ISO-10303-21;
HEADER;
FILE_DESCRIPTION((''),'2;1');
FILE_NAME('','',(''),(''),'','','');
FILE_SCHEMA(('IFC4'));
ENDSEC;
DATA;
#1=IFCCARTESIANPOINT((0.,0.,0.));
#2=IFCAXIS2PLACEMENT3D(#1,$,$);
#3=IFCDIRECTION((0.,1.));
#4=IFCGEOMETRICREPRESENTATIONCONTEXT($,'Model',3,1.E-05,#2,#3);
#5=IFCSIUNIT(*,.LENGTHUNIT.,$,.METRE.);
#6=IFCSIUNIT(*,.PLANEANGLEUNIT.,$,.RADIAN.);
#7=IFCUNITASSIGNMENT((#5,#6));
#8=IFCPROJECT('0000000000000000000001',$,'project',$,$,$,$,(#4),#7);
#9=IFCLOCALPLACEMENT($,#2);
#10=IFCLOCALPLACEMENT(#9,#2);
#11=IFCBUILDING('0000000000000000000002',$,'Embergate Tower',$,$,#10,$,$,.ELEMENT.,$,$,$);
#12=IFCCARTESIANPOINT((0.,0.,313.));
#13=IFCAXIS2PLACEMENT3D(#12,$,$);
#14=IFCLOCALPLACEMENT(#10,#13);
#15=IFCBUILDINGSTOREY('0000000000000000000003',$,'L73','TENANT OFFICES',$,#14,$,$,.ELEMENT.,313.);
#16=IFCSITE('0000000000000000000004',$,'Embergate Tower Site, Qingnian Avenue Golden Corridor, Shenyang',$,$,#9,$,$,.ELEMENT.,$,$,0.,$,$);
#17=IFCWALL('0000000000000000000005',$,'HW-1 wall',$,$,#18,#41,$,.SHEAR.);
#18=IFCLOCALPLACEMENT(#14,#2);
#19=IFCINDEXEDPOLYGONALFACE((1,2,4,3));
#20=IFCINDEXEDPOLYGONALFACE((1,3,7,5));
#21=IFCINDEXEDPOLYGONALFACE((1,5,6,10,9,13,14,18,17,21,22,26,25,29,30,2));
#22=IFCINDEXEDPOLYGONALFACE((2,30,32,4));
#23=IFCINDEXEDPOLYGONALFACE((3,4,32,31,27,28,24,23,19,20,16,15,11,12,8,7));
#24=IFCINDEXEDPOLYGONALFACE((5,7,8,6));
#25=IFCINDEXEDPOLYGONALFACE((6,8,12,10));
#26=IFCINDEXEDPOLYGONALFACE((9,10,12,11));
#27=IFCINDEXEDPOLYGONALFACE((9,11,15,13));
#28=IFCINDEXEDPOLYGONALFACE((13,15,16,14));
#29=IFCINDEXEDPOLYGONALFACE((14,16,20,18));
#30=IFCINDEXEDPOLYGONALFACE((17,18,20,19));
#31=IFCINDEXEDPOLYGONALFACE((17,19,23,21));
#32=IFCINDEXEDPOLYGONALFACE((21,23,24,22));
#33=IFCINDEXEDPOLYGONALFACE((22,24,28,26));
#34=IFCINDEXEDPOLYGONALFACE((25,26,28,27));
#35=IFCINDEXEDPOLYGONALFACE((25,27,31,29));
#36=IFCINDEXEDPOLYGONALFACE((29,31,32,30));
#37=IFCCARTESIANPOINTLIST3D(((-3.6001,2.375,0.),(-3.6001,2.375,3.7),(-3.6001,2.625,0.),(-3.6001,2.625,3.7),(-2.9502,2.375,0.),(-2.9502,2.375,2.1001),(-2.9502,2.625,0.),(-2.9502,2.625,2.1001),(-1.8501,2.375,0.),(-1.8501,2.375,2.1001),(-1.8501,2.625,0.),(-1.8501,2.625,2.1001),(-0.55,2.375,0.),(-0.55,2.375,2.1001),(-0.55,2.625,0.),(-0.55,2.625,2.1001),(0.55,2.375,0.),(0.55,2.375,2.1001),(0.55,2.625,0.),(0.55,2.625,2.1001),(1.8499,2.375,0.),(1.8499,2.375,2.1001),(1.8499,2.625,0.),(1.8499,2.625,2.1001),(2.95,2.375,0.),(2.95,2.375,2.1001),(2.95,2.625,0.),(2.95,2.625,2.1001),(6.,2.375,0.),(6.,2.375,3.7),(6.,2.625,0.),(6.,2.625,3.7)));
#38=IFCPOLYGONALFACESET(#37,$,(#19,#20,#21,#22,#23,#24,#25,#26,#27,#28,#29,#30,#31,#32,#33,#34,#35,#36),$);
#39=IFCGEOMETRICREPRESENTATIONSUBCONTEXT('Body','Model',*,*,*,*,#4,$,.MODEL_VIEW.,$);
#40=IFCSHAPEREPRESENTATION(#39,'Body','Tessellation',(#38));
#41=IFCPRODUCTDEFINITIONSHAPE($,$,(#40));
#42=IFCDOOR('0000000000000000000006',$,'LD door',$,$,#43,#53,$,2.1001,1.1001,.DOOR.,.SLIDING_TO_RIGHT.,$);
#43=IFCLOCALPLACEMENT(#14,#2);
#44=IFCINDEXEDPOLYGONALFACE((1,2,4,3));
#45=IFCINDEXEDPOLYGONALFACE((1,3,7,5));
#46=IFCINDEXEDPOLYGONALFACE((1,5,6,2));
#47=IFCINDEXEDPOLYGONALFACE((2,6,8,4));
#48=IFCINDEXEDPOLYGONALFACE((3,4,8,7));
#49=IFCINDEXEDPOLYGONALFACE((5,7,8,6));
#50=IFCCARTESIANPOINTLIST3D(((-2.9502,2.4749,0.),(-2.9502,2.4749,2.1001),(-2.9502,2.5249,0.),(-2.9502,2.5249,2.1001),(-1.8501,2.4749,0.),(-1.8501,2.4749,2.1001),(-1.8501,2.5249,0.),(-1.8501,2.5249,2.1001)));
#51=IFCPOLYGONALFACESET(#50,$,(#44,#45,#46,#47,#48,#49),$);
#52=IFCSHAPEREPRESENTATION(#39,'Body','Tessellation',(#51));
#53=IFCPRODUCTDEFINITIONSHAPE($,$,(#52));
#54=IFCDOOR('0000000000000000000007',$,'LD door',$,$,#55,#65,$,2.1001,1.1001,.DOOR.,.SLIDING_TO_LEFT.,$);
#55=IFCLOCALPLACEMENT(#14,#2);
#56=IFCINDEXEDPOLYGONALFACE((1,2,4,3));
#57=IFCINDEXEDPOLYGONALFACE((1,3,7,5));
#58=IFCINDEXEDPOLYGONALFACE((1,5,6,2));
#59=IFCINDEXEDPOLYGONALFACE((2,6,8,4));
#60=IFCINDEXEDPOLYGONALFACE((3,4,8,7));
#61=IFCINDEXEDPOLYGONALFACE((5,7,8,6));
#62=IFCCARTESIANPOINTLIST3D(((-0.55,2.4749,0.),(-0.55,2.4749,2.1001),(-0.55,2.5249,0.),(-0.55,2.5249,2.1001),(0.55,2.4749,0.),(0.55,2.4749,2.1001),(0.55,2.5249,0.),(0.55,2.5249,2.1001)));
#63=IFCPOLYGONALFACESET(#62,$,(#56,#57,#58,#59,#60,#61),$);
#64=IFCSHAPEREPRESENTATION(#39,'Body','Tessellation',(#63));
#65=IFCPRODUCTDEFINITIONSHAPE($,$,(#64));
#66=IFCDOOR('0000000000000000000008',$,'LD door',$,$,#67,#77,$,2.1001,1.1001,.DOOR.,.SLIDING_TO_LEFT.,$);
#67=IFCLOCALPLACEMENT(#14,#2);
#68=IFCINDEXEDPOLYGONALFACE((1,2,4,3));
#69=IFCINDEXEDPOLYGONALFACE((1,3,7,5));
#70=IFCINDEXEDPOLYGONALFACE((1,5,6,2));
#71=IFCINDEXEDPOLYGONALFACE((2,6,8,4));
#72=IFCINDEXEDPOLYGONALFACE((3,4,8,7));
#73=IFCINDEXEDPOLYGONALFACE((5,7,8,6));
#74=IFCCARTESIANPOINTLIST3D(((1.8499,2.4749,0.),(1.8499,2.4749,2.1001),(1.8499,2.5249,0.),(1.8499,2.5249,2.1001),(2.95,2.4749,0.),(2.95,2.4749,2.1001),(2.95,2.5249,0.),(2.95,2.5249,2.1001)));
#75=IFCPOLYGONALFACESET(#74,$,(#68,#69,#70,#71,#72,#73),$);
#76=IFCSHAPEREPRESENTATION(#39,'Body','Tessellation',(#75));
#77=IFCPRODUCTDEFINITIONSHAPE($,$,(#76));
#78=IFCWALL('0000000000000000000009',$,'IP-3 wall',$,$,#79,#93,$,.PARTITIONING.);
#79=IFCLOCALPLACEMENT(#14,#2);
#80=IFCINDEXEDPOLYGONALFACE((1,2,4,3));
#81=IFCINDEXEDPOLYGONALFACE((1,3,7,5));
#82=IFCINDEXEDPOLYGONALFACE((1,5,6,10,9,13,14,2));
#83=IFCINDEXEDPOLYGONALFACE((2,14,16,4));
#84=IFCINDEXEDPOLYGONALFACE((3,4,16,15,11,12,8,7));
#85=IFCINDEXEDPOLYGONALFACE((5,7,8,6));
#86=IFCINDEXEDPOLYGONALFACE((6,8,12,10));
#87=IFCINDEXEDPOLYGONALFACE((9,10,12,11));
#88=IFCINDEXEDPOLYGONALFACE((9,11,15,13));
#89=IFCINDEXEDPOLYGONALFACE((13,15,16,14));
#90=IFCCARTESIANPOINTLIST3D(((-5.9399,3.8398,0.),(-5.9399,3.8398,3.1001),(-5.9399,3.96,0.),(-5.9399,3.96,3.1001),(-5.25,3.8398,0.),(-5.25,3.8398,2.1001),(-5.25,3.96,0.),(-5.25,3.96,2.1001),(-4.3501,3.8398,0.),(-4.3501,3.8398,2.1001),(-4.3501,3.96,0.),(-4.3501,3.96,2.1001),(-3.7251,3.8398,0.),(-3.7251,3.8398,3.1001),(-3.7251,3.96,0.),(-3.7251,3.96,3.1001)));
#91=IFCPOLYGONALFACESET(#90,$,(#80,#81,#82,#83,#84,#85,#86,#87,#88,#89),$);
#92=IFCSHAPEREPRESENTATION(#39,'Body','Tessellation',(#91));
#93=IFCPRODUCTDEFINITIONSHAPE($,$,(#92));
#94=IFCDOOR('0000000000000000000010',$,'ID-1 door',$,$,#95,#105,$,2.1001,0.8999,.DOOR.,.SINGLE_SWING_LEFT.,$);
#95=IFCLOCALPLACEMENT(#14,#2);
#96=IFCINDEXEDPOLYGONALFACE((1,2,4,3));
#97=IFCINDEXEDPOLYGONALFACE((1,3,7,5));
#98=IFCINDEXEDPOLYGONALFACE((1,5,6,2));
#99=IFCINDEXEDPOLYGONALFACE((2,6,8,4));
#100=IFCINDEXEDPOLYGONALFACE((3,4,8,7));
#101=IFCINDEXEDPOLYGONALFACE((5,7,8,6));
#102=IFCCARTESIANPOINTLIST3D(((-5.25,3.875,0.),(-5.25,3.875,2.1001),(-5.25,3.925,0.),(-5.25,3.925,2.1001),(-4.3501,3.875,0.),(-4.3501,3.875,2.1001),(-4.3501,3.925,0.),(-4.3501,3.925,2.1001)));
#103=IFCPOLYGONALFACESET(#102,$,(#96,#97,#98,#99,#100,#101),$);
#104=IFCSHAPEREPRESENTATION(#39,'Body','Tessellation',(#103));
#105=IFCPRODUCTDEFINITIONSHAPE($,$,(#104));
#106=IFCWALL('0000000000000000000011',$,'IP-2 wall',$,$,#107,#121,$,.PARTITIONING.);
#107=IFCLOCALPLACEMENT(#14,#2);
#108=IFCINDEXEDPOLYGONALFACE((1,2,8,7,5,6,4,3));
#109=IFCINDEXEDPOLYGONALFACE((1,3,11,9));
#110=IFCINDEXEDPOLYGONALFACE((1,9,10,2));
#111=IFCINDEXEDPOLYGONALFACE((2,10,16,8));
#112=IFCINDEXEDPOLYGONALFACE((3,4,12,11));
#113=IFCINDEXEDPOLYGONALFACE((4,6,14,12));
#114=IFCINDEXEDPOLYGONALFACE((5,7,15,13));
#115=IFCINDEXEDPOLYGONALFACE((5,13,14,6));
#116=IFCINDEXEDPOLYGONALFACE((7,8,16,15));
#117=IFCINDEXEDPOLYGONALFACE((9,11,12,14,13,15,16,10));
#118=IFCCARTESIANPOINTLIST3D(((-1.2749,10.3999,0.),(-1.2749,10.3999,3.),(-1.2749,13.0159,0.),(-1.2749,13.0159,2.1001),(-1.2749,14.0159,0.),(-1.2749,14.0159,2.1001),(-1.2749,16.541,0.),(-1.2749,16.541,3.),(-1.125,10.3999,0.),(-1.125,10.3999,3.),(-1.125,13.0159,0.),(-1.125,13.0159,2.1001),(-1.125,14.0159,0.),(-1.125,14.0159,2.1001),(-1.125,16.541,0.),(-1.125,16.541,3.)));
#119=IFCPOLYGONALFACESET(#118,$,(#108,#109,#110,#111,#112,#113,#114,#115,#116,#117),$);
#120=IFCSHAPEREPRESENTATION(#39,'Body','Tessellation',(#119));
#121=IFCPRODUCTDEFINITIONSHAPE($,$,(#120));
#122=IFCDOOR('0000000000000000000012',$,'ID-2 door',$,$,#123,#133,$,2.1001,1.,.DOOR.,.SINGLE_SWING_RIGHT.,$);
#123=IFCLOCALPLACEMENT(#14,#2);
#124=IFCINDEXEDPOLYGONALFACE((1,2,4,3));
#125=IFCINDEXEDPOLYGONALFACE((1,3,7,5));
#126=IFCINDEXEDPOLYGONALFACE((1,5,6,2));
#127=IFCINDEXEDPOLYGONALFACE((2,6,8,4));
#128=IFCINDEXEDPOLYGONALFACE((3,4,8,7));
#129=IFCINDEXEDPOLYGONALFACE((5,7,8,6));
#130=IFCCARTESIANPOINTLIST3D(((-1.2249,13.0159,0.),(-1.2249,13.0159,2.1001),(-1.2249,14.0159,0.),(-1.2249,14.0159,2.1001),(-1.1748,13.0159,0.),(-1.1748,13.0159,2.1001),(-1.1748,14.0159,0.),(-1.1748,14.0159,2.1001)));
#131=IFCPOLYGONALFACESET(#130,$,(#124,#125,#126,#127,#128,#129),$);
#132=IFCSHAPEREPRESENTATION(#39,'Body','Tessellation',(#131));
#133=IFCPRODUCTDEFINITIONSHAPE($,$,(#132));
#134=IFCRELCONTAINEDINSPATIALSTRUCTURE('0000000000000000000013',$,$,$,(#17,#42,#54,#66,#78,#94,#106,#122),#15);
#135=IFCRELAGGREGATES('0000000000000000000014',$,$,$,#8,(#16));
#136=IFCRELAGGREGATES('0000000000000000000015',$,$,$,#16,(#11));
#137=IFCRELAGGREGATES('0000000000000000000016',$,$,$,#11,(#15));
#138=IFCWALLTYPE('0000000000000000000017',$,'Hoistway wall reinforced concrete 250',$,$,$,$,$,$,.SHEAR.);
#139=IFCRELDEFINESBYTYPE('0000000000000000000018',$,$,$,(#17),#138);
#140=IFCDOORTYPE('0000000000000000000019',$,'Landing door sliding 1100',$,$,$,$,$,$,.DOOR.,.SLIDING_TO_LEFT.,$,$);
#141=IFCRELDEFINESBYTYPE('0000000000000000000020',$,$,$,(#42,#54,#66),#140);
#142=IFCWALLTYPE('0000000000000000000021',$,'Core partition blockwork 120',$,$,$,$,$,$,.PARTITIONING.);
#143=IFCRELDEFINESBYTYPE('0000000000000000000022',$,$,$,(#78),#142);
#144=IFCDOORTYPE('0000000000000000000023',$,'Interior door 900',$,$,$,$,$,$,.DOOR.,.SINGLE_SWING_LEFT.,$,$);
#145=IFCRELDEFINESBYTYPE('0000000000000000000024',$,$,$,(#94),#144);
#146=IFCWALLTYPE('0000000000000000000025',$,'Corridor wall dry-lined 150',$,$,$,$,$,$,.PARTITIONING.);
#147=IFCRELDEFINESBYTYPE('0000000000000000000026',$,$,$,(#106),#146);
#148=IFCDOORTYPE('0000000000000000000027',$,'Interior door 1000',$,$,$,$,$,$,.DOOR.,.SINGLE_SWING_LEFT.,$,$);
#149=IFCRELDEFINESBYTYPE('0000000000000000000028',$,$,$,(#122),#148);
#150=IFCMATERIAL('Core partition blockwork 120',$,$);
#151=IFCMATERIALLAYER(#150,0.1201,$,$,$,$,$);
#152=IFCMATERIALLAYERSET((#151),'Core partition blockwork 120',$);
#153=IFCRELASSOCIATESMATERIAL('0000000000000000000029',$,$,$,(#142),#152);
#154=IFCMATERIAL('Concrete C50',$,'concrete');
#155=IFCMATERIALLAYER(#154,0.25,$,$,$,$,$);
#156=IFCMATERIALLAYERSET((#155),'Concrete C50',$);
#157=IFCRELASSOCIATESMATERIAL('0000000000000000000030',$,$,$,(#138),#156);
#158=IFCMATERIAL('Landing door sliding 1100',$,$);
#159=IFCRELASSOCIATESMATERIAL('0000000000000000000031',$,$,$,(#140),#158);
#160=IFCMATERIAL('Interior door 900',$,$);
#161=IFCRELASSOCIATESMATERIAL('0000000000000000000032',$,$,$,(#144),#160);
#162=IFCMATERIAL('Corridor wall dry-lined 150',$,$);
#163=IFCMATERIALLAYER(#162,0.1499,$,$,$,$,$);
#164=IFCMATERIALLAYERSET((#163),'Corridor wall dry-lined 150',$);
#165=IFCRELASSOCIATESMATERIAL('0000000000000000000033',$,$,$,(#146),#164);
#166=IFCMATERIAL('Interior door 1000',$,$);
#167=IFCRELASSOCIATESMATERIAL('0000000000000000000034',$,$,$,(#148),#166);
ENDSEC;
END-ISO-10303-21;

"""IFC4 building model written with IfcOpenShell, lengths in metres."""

from ifc_helpers import new_model, si_unit, direction, frame, frame_2d, origin, place, context, subcontext, project, spatial, rectangle, extrude, source, transform, mapped, material, layer, layer_set, type_object, element, fill, save


model = new_model("IFC4")

# Units and contexts
model_context = context("Model", 3, precision=1e-05, world=origin(), true_north=direction((0.0, 1.0)))
body_context = subcontext(model_context, "Body", "Model", "MODEL_VIEW")
ifc_project = project(units=[si_unit("LENGTHUNIT", "METRE"), si_unit("PLANEANGLEUNIT", "RADIAN")], contexts=[model_context])

# Site, building, storey
site_placement = place(None, origin())
site = spatial("IfcSite", under=ifc_project, at=site_placement, Name="Embergate Tower Site, Qingnian Avenue Golden Corridor, Shenyang", CompositionType="ELEMENT", RefElevation=0.0)
building_placement = place(site_placement, origin())
building = spatial("IfcBuilding", under=site, at=building_placement, Name="Embergate Tower", CompositionType="ELEMENT")
storey_placement = place(building_placement, frame((0.0, 0.0, 313.0)))
storey = spatial("IfcBuildingStorey", under=building, at=storey_placement, Name="L73", Description="TENANT OFFICES", CompositionType="ELEMENT", Elevation=313.0)

# Shared definitions
ifc_material_1 = material(Name="Concrete C50", Category="concrete")
ifc_material_2 = material(Name="Core partition blockwork 120")
ifc_layer_1 = layer(ifc_material_2, 0.1201)
ifc_layer_set_1 = layer_set([ifc_layer_1], Name="Core partition blockwork 120")
wall_type_1 = type_object("IfcWallType", Name="Core partition blockwork 120", PredefinedType="PARTITIONING", material=ifc_layer_set_1)
ifc_layer_2 = layer(ifc_material_1, 0.25)
ifc_layer_set_2 = layer_set([ifc_layer_2], Name="Concrete C50")
wall_type_2 = type_object("IfcWallType", Name="Hoistway wall reinforced concrete 250", PredefinedType="SHEAR", material=ifc_layer_set_2)

# Wall, openings, doors
shared_shape_1 = source(origin(), body_context, "Body", "SweptSolid", [
    extrude(rectangle(XDim=9.6001, YDim=0.25, at=frame_2d((4.8, 0.0))), origin(), (0.0, 0.0, 1.0), 3.7),
])
wall_1_placement = place(storey_placement, frame((-3.6001, 2.5, 0.0), z_axis=(0.0, 0.0, 1.0), x_axis=(1.0, 0.0, 0.0)))
wall_1 = element("IfcWall", 1, at=wall_1_placement, inside=storey, type_object=wall_type_2, Name="HW-1 wall", PredefinedType="SHEAR", context=body_context, shape_type="MappedRepresentation", body=[
    mapped(shared_shape_1, transform((0.0, 0.0, 0.0))),
])
shared_shape_2 = source(origin(), body_context, "Body", "SweptSolid", [
    extrude(rectangle(XDim=1.1001, YDim=2.1001, at=frame_2d((0.55, 1.05))), frame((0.0, 0.135, 0.0), z_axis=(0.0, -1.0, 0.0), x_axis=(1.0, 0.0, 0.0)), (0.0, 0.0, 1.0), 0.27),
])
opening_1_placement = place(wall_1_placement, frame((0.6499, 0.0, 0.0)))
opening_1 = element("IfcOpeningElement", 2, at=opening_1_placement, cuts=wall_1, PredefinedType="OPENING", context=body_context, shape_type="MappedRepresentation", body=[
    mapped(shared_shape_2, transform((0.0, 0.0, 0.0))),
])
opening_2_placement = place(wall_1_placement, frame((3.05, 0.0, 0.0)))
opening_2 = element("IfcOpeningElement", 3, at=opening_2_placement, cuts=wall_1, PredefinedType="OPENING", context=body_context, shape_type="MappedRepresentation", body=[
    mapped(shared_shape_2, transform((0.0, 0.0, 0.0))),
])
opening_3_placement = place(wall_1_placement, frame((5.45, 0.0, 0.0)))
opening_3 = element("IfcOpeningElement", 4, at=opening_3_placement, cuts=wall_1, PredefinedType="OPENING", context=body_context, shape_type="MappedRepresentation", body=[
    mapped(shared_shape_2, transform((0.0, 0.0, 0.0))),
])
ifc_material_3 = material(Name="Landing door sliding 1100")
door_type_1 = type_object("IfcDoorType", Name="Landing door sliding 1100", OperationType="SLIDING_TO_LEFT", PredefinedType="DOOR", material=ifc_material_3)
shared_shape_3 = source(origin(), body_context, "Body", "SweptSolid", [
    extrude(rectangle(XDim=1.1001, YDim=2.1001, at=frame_2d((0.55, 1.05))), frame((0.0, 0.0249, 0.0), z_axis=(0.0, -1.0, 0.0), x_axis=(1.0, 0.0, 0.0)), (0.0, 0.0, 1.0), 0.05),
])
door_1_placement = place(opening_1_placement, origin())
door_1 = element("IfcDoor", 5, at=door_1_placement, inside=storey, type_object=door_type_1, Name="LD door", OperationType="SLIDING_TO_RIGHT", OverallHeight=2.1001, OverallWidth=1.1001, PredefinedType="DOOR", context=body_context, shape_type="MappedRepresentation", body=[
    mapped(shared_shape_3, transform((0.0, 0.0, 0.0))),
])
fill(opening_1, door_1)
door_2_placement = place(opening_2_placement, origin())
door_2 = element("IfcDoor", 6, at=door_2_placement, inside=storey, type_object=door_type_1, Name="LD door", OperationType="SLIDING_TO_LEFT", OverallHeight=2.1001, OverallWidth=1.1001, PredefinedType="DOOR", context=body_context, shape_type="MappedRepresentation", body=[
    mapped(shared_shape_3, transform((0.0, 0.0, 0.0))),
])
fill(opening_2, door_2)
door_3_placement = place(opening_3_placement, origin())
door_3 = element("IfcDoor", 7, at=door_3_placement, inside=storey, type_object=door_type_1, Name="LD door", OperationType="SLIDING_TO_LEFT", OverallHeight=2.1001, OverallWidth=1.1001, PredefinedType="DOOR", context=body_context, shape_type="MappedRepresentation", body=[
    mapped(shared_shape_3, transform((0.0, 0.0, 0.0))),
])
fill(opening_3, door_3)

# Walls, openings, doors
shared_shape_4 = source(origin(), body_context, "Body", "SweptSolid", [
    extrude(rectangle(XDim=2.2148, YDim=0.1201, at=frame_2d((1.1074, 0.0))), origin(), (0.0, 0.0, 1.0), 3.1001),
])
wall_2_placement = place(storey_placement, frame((-3.7251, 3.8999, 0.0), z_axis=(0.0, 0.0, 1.0), x_axis=(-1.0, 0.0, 0.0)))
wall_2 = element("IfcWall", 8, at=wall_2_placement, inside=storey, type_object=wall_type_1, Name="IP-3 wall", PredefinedType="PARTITIONING", context=body_context, shape_type="MappedRepresentation", body=[
    mapped(shared_shape_4, transform((0.0, 0.0, 0.0))),
])
shared_shape_5 = source(origin(), body_context, "Body", "SweptSolid", [
    extrude(rectangle(XDim=0.8999, YDim=2.1001, at=frame_2d((0.45, 1.05))), frame((0.0, 0.0701, 0.0), z_axis=(0.0, -1.0, 0.0), x_axis=(1.0, 0.0, 0.0)), (0.0, 0.0, 1.0), 0.1401),
])
opening_4_placement = place(wall_2_placement, frame((0.625, 0.0, 0.0)))
opening_4 = element("IfcOpeningElement", 9, at=opening_4_placement, cuts=wall_2, PredefinedType="OPENING", context=body_context, shape_type="MappedRepresentation", body=[
    mapped(shared_shape_5, transform((0.0, 0.0, 0.0))),
])
ifc_material_4 = material(Name="Interior door 900")
door_type_2 = type_object("IfcDoorType", Name="Interior door 900", OperationType="SINGLE_SWING_LEFT", PredefinedType="DOOR", material=ifc_material_4)
shared_shape_6 = source(origin(), body_context, "Body", "SweptSolid", [
    extrude(rectangle(XDim=0.8999, YDim=2.1001, at=frame_2d((0.45, 1.05))), frame((0.0, 0.0249, 0.0), z_axis=(0.0, -1.0, 0.0), x_axis=(1.0, 0.0, 0.0)), (0.0, 0.0, 1.0), 0.05),
])
door_4_placement = place(opening_4_placement, origin())
door_4 = element("IfcDoor", 10, at=door_4_placement, inside=storey, type_object=door_type_2, Name="ID-1 door", OperationType="SINGLE_SWING_LEFT", OverallHeight=2.1001, OverallWidth=0.8999, PredefinedType="DOOR", context=body_context, shape_type="MappedRepresentation", body=[
    mapped(shared_shape_6, transform((0.0, 0.0, 0.0))),
])
fill(opening_4, door_4)
ifc_material_5 = material(Name="Corridor wall dry-lined 150")
ifc_layer_3 = layer(ifc_material_5, 0.1499)
ifc_layer_set_3 = layer_set([ifc_layer_3], Name="Corridor wall dry-lined 150")
wall_type_3 = type_object("IfcWallType", Name="Corridor wall dry-lined 150", PredefinedType="PARTITIONING", material=ifc_layer_set_3)
shared_shape_7 = source(origin(), body_context, "Body", "SweptSolid", [
    extrude(rectangle(XDim=6.1411, YDim=0.1499, at=frame_2d((3.0706, 0.0))), origin(), (0.0, 0.0, 1.0), 3.0),
])
wall_3_placement = place(storey_placement, frame((-1.2, 10.3999, 0.0), z_axis=(0.0, 0.0, 1.0), x_axis=(0.0, 1.0, 0.0)))
wall_3 = element("IfcWall", 11, at=wall_3_placement, inside=storey, type_object=wall_type_3, Name="IP-2 wall", PredefinedType="PARTITIONING", context=body_context, shape_type="MappedRepresentation", body=[
    mapped(shared_shape_7, transform((0.0, 0.0, 0.0))),
])
shared_shape_8 = source(origin(), body_context, "Body", "SweptSolid", [
    extrude(rectangle(XDim=1.0, YDim=2.1001, at=frame_2d((0.5, 1.05))), frame((0.0, 0.085, 0.0), z_axis=(0.0, -1.0, 0.0), x_axis=(1.0, 0.0, 0.0)), (0.0, 0.0, 1.0), 0.1699),
])
opening_5_placement = place(wall_3_placement, frame((2.616, 0.0, 0.0)))
opening_5 = element("IfcOpeningElement", 12, at=opening_5_placement, cuts=wall_3, PredefinedType="OPENING", context=body_context, shape_type="MappedRepresentation", body=[
    mapped(shared_shape_8, transform((0.0, 0.0, 0.0))),
])
ifc_material_6 = material(Name="Interior door 1000")
door_type_3 = type_object("IfcDoorType", Name="Interior door 1000", OperationType="SINGLE_SWING_LEFT", PredefinedType="DOOR", material=ifc_material_6)
shared_shape_9 = source(origin(), body_context, "Body", "SweptSolid", [
    extrude(rectangle(XDim=1.0, YDim=2.1001, at=frame_2d((0.5, 1.05))), frame((0.0, 0.0249, 0.0), z_axis=(0.0, -1.0, 0.0), x_axis=(1.0, 0.0, 0.0)), (0.0, 0.0, 1.0), 0.05),
])
door_5_placement = place(opening_5_placement, origin())
door_5 = element("IfcDoor", 13, at=door_5_placement, inside=storey, type_object=door_type_3, Name="ID-2 door", OperationType="SINGLE_SWING_RIGHT", OverallHeight=2.1001, OverallWidth=1.0, PredefinedType="DOOR", context=body_context, shape_type="MappedRepresentation", body=[
    mapped(shared_shape_9, transform((0.0, 0.0, 0.0))),
])
fill(opening_5, door_5)

save(model, "model.ifc")
